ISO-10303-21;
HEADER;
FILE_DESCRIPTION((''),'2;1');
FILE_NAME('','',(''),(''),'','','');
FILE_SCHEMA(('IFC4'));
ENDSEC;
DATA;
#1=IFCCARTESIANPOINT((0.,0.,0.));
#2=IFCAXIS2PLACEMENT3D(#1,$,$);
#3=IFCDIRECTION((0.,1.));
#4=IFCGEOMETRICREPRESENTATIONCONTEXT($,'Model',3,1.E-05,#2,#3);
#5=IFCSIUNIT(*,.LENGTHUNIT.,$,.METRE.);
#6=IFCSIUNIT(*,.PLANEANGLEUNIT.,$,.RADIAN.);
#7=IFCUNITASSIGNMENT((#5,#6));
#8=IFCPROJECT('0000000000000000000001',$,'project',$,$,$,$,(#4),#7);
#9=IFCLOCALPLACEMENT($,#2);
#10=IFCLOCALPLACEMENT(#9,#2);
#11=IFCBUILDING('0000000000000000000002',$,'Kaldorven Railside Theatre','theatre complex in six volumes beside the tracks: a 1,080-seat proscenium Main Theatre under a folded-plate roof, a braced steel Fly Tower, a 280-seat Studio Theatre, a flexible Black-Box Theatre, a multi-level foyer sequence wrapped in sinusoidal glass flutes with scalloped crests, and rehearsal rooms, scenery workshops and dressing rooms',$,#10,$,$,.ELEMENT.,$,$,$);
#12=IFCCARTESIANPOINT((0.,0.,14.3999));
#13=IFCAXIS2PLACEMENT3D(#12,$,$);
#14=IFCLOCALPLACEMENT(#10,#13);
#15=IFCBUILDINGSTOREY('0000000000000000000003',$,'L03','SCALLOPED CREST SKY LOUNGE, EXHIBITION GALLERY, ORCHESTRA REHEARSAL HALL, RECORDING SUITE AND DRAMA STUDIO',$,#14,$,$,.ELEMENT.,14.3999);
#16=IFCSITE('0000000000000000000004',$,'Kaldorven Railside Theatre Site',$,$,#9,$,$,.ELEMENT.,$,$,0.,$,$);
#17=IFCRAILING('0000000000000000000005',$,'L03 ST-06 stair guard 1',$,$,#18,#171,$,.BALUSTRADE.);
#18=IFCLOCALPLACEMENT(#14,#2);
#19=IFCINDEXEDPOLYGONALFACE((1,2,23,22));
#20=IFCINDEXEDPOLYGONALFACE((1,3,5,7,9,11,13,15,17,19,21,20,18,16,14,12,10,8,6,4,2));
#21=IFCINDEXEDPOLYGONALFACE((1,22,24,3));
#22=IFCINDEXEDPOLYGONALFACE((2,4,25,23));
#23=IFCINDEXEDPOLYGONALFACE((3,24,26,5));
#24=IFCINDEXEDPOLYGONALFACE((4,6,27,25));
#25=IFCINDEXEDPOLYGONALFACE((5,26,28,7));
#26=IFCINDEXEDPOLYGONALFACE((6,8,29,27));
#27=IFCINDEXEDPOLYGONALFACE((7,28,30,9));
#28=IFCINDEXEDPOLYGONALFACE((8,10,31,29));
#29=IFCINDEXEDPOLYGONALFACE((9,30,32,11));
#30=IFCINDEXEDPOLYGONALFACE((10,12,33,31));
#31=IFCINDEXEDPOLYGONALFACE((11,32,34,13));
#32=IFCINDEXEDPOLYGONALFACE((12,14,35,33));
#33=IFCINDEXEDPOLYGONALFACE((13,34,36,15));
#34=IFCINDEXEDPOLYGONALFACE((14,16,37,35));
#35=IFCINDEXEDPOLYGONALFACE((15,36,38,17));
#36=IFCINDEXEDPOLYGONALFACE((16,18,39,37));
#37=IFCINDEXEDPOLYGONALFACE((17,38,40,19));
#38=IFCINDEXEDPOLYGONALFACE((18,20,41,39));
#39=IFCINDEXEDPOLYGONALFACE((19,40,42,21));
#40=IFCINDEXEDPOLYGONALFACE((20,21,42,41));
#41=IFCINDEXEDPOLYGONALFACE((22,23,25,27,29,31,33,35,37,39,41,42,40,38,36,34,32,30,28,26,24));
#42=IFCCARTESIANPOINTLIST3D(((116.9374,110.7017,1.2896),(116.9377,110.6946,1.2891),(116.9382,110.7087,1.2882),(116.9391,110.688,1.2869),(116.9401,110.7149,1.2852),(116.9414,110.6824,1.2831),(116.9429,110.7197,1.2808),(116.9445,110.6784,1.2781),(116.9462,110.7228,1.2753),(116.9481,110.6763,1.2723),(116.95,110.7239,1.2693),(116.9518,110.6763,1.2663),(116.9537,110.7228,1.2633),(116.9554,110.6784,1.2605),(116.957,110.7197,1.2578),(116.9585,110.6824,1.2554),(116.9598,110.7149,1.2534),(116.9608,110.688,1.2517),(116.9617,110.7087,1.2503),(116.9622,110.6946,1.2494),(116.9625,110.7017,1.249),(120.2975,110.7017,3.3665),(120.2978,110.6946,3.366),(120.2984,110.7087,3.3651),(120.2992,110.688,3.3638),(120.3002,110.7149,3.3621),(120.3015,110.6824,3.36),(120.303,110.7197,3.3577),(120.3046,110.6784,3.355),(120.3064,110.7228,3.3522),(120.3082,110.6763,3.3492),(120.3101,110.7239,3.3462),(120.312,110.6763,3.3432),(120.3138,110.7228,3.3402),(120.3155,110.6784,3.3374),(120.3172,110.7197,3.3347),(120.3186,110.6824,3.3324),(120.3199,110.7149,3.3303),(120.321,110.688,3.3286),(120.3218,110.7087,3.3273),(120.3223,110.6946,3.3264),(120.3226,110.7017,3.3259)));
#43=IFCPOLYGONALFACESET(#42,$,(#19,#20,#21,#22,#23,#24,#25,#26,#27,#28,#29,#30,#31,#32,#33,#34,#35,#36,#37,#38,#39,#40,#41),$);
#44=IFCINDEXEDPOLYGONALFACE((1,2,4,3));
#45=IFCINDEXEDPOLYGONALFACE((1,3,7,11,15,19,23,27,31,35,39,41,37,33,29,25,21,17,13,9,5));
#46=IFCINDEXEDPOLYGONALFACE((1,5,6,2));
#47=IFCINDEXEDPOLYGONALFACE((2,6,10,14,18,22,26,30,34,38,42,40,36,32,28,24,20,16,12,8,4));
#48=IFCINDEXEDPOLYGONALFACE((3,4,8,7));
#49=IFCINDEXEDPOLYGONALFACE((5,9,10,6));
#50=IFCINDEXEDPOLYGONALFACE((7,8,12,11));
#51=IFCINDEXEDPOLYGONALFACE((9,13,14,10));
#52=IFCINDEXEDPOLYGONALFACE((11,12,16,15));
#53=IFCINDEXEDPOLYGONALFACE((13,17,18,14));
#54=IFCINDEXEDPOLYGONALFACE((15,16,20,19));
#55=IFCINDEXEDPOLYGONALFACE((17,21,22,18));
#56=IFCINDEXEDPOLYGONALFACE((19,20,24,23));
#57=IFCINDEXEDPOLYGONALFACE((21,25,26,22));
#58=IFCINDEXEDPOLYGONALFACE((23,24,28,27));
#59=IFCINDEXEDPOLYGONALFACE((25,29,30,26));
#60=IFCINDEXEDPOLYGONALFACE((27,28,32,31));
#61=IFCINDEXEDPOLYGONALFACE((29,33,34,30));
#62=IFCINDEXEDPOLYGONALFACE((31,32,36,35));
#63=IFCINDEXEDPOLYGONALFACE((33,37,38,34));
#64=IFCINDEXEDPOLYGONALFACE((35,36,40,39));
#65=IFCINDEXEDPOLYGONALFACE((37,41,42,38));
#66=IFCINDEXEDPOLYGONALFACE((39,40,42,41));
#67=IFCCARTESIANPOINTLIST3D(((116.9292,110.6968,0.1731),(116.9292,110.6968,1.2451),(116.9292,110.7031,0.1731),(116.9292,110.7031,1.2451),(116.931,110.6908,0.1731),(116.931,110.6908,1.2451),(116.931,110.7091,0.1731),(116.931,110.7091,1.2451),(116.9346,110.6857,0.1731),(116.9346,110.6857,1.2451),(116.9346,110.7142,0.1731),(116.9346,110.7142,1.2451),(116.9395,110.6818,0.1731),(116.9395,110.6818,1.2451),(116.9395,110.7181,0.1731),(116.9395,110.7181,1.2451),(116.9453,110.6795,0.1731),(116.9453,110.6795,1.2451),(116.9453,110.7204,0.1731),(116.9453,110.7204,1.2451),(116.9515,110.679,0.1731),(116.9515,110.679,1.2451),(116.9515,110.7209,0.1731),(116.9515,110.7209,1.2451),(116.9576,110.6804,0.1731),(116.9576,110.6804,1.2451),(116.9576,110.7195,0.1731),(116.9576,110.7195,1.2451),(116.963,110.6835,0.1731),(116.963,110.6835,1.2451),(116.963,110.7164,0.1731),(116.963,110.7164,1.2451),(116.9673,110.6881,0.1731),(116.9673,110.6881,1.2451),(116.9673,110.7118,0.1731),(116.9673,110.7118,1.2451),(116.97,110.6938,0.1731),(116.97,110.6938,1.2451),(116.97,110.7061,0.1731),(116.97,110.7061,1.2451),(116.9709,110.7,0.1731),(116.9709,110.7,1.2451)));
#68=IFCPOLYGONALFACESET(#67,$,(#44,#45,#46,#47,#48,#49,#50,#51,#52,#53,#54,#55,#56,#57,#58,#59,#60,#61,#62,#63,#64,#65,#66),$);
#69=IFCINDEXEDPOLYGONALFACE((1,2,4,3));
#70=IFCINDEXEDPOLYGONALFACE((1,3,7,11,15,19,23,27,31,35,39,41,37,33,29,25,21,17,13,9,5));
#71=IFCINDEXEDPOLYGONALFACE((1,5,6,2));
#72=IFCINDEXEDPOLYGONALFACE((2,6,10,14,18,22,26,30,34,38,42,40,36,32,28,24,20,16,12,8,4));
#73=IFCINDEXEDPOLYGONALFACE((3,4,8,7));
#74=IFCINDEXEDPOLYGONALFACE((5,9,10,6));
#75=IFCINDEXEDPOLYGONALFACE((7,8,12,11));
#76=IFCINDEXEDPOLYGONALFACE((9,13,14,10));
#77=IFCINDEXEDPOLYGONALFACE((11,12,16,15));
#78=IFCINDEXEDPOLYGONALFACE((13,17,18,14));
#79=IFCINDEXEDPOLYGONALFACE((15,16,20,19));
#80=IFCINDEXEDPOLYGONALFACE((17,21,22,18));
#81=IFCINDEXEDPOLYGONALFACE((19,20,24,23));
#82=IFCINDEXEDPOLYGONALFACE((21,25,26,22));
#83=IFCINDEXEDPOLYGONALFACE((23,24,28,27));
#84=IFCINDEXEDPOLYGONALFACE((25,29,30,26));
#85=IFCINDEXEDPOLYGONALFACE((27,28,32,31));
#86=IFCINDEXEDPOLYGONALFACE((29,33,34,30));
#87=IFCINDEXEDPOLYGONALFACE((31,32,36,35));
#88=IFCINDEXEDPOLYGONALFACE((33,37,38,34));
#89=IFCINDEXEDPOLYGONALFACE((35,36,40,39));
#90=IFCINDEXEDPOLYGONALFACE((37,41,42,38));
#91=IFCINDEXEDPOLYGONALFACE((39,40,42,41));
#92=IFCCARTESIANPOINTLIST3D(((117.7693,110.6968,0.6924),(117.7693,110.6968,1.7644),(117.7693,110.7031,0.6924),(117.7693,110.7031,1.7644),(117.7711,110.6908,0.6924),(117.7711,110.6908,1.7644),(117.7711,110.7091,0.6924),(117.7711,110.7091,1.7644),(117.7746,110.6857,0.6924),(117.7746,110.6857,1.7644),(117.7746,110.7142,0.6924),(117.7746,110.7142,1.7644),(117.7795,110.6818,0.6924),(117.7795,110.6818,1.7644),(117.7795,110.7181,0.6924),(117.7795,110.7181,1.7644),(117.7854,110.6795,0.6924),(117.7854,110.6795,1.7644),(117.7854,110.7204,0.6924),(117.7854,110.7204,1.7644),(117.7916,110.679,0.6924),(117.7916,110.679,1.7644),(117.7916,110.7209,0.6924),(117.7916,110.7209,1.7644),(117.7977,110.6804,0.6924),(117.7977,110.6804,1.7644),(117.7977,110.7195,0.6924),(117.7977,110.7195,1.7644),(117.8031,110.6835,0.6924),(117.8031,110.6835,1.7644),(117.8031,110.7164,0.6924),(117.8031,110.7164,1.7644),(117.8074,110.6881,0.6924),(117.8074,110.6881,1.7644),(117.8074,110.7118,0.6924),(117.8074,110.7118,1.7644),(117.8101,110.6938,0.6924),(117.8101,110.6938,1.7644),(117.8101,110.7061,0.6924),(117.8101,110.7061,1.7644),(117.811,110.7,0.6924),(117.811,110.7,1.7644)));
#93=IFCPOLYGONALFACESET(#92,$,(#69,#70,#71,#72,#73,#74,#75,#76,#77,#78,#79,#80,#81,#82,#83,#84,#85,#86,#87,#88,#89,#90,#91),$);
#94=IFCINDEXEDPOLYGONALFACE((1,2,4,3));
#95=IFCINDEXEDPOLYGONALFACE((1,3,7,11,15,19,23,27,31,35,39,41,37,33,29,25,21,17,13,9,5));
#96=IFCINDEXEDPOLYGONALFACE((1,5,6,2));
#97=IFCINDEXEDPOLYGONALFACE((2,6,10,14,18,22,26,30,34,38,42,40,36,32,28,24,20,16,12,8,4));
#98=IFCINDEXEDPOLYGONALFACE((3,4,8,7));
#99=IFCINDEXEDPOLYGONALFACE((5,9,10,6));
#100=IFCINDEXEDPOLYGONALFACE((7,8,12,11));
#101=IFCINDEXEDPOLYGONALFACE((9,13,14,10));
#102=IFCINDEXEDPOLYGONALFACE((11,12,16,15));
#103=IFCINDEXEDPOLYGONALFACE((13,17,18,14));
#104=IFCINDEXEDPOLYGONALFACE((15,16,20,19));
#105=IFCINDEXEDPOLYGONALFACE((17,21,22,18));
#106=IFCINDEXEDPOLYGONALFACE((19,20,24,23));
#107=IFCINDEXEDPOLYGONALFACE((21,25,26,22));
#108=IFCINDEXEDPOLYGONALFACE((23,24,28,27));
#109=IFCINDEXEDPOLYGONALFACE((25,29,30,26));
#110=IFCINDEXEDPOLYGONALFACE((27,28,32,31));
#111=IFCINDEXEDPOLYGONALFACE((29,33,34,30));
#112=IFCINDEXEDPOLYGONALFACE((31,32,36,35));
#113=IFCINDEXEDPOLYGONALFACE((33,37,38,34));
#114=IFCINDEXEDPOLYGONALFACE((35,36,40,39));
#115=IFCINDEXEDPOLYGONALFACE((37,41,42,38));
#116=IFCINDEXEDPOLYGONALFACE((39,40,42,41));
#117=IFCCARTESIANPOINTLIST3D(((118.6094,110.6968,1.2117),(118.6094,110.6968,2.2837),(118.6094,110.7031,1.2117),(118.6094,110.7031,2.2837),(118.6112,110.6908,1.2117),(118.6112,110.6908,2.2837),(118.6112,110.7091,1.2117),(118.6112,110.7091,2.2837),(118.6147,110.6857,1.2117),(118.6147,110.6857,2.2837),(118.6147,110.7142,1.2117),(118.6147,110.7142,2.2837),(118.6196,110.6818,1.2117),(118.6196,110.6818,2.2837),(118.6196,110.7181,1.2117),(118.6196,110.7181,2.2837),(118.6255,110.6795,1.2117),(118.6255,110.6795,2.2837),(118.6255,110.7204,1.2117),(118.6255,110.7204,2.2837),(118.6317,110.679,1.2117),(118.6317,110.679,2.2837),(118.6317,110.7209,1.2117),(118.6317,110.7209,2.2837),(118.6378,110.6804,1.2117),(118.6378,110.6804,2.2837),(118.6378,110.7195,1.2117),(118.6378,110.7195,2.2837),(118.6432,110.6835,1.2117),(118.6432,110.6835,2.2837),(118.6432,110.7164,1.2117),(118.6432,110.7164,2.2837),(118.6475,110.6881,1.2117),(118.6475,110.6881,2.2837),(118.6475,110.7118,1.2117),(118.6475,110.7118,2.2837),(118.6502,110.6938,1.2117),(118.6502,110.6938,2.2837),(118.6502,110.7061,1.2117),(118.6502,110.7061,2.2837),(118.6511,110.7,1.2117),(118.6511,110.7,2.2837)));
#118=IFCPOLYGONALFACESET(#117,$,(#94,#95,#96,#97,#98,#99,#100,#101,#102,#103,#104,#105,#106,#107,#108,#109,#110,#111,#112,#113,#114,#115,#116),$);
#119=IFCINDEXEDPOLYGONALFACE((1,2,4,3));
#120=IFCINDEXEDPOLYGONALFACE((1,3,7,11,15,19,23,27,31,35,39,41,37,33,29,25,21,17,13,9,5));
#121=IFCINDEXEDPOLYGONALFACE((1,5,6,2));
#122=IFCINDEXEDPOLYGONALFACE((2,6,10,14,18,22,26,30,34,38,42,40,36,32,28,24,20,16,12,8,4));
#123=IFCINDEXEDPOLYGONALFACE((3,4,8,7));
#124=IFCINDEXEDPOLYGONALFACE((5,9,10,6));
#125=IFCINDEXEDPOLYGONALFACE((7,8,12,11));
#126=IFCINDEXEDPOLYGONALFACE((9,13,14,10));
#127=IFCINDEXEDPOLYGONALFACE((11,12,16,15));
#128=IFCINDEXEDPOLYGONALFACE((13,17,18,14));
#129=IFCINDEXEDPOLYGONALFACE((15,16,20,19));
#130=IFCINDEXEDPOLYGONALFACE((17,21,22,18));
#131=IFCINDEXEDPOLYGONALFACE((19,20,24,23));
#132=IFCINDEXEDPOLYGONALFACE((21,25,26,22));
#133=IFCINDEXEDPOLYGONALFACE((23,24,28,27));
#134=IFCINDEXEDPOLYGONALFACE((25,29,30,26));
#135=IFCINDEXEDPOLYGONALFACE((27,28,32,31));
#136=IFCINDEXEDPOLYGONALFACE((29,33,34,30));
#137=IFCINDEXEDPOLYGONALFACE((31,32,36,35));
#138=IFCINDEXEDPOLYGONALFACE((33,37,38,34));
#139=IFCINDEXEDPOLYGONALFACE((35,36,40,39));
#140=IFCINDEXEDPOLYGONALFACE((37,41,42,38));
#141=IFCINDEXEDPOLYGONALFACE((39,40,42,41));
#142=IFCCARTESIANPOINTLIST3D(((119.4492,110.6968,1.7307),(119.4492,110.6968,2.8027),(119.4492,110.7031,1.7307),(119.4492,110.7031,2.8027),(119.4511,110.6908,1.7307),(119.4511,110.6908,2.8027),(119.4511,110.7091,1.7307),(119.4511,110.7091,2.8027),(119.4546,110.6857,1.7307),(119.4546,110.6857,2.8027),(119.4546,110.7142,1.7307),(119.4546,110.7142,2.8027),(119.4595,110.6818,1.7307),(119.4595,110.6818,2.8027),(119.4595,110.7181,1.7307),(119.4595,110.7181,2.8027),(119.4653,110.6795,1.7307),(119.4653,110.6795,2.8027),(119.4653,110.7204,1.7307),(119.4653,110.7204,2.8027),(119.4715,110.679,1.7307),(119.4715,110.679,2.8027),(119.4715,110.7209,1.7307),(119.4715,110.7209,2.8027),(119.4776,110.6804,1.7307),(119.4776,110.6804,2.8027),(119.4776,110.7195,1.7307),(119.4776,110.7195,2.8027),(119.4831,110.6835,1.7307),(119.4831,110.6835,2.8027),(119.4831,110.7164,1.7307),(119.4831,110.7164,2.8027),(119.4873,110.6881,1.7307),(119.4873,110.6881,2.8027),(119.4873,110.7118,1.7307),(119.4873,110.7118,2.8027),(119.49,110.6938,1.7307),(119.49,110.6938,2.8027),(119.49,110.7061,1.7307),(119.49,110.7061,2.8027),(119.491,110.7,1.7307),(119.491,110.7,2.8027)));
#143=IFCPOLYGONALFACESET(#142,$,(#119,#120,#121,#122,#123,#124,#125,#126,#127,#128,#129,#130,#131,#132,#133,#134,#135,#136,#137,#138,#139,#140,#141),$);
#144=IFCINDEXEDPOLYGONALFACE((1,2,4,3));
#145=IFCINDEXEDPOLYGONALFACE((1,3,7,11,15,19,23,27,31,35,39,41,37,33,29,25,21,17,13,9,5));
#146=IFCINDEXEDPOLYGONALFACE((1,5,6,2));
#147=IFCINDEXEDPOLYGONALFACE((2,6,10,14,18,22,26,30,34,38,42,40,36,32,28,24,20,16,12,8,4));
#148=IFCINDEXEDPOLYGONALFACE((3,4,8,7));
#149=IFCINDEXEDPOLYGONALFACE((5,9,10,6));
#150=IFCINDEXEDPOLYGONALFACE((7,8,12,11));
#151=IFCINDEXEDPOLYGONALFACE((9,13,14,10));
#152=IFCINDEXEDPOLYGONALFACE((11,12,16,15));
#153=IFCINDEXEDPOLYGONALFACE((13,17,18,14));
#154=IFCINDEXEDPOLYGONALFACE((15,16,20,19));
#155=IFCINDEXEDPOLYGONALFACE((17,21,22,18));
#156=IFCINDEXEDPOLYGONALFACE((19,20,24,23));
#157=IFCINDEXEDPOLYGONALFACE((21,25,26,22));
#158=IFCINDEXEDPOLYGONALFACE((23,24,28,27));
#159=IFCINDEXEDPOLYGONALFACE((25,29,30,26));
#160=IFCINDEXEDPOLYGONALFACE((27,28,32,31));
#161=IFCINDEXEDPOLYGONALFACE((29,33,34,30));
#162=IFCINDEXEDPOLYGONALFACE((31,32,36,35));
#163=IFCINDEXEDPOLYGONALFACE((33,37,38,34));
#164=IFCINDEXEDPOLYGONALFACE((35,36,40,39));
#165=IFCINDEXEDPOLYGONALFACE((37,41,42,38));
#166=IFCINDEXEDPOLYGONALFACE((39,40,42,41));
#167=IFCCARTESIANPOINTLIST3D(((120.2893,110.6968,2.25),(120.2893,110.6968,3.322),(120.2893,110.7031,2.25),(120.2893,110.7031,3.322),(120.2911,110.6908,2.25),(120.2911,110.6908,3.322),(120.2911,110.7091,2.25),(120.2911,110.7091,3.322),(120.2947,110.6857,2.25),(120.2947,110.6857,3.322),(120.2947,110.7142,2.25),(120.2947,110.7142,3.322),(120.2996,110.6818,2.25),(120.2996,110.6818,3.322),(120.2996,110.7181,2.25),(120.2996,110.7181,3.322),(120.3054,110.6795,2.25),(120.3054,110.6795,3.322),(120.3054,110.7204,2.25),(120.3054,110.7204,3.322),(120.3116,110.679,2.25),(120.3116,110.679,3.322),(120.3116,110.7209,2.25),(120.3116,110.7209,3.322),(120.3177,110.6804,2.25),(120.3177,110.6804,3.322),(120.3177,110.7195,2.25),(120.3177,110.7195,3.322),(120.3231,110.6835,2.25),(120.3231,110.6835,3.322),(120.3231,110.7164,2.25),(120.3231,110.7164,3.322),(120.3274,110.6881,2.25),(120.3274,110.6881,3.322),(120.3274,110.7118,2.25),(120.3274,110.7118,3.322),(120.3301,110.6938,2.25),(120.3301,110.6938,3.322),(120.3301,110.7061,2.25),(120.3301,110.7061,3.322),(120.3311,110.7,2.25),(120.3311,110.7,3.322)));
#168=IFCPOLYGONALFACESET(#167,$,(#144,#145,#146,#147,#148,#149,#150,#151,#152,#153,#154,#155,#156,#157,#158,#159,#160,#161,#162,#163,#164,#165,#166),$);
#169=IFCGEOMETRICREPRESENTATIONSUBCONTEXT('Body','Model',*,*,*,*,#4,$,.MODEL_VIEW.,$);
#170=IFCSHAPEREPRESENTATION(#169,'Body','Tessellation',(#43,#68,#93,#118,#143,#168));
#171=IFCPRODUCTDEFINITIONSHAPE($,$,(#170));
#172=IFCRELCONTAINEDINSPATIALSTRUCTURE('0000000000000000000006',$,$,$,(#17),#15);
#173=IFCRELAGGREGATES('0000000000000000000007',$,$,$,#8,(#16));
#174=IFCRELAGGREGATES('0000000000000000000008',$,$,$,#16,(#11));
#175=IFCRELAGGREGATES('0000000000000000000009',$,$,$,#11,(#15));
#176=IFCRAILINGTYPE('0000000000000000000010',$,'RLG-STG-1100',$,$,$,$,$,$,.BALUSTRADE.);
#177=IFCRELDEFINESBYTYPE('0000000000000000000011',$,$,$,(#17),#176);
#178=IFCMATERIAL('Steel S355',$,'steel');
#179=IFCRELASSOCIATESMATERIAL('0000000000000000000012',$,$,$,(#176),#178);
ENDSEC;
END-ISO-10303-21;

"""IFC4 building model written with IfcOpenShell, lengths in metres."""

from ifc_helpers import new_model, si_unit, direction, frame, origin, origin_2d, place, context, subcontext, project, spatial, circle, extrude, material, type_object, element, save


model = new_model("IFC4")

# Units and contexts
model_context = context("Model", 3, precision=1e-05, world=origin(), true_north=direction((0.0, 1.0)))
body_context = subcontext(model_context, "Body", "Model", "MODEL_VIEW")
ifc_project = project(units=[si_unit("LENGTHUNIT", "METRE"), si_unit("PLANEANGLEUNIT", "RADIAN")], contexts=[model_context])

# Site, building, storey
site_placement = place(None, origin())
site = spatial("IfcSite", under=ifc_project, at=site_placement, Name="Kaldorven Railside Theatre Site", CompositionType="ELEMENT", RefElevation=0.0)
building_placement = place(site_placement, origin())
building = spatial("IfcBuilding", under=site, at=building_placement, Name="Kaldorven Railside Theatre", Description="theatre complex in six volumes beside the tracks: a 1,080-seat proscenium Main Theatre under a folded-plate roof, a braced steel Fly Tower, a 280-seat Studio Theatre, a flexible Black-Box Theatre, a multi-level foyer sequence wrapped in sinusoidal glass flutes with scalloped crests, and rehearsal rooms, scenery workshops and dressing rooms", CompositionType="ELEMENT")
storey_placement = place(building_placement, frame((0.0, 0.0, 14.3999)))
storey = spatial("IfcBuildingStorey", under=building, at=storey_placement, Name="L03", Description="SCALLOPED CREST SKY LOUNGE, EXHIBITION GALLERY, ORCHESTRA REHEARSAL HALL, RECORDING SUITE AND DRAMA STUDIO", CompositionType="ELEMENT", Elevation=14.3999)

# Shared definitions
ifc_material_1 = material(Name="Steel S355", Category="steel")

# Railing
railing_type_1 = type_object("IfcRailingType", Name="RLG-STG-1100", PredefinedType="BALUSTRADE", material=ifc_material_1)
railing_1_placement = place(storey_placement, frame((116.95, 110.7, 0.1731)))
element("IfcRailing", 1, at=railing_1_placement, inside=storey, type_object=railing_type_1, Name="L03 ST-06 stair guard 1", PredefinedType="BALUSTRADE", context=body_context, shape_type="SweptSolid", body=[
    extrude(circle(Radius=0.0239, at=origin_2d()), frame((0.0, 0.0, 1.0962), z_axis=(0.850623, 0.0, 0.525776), x_axis=(0.0, 1.0, 0.0)), (0.0, 0.0, 1.0), 3.9502),
    extrude(circle(Radius=0.021, at=origin_2d()), origin(), (0.0, 0.0, 1.0), 1.072),
    extrude(circle(Radius=0.021, at=origin_2d()), frame((0.8401, 0.0, 0.5193)), (0.0, 0.0, 1.0), 1.072),
    extrude(circle(Radius=0.021, at=origin_2d()), frame((1.6802, 0.0, 1.0386)), (0.0, 0.0, 1.0), 1.072),
    extrude(circle(Radius=0.021, at=origin_2d()), frame((2.52, 0.0, 1.5576)), (0.0, 0.0, 1.0), 1.072),
    extrude(circle(Radius=0.021, at=origin_2d()), frame((3.3601, 0.0, 2.0769)), (0.0, 0.0, 1.0), 1.072),
])

save(model, "model.ifc")
